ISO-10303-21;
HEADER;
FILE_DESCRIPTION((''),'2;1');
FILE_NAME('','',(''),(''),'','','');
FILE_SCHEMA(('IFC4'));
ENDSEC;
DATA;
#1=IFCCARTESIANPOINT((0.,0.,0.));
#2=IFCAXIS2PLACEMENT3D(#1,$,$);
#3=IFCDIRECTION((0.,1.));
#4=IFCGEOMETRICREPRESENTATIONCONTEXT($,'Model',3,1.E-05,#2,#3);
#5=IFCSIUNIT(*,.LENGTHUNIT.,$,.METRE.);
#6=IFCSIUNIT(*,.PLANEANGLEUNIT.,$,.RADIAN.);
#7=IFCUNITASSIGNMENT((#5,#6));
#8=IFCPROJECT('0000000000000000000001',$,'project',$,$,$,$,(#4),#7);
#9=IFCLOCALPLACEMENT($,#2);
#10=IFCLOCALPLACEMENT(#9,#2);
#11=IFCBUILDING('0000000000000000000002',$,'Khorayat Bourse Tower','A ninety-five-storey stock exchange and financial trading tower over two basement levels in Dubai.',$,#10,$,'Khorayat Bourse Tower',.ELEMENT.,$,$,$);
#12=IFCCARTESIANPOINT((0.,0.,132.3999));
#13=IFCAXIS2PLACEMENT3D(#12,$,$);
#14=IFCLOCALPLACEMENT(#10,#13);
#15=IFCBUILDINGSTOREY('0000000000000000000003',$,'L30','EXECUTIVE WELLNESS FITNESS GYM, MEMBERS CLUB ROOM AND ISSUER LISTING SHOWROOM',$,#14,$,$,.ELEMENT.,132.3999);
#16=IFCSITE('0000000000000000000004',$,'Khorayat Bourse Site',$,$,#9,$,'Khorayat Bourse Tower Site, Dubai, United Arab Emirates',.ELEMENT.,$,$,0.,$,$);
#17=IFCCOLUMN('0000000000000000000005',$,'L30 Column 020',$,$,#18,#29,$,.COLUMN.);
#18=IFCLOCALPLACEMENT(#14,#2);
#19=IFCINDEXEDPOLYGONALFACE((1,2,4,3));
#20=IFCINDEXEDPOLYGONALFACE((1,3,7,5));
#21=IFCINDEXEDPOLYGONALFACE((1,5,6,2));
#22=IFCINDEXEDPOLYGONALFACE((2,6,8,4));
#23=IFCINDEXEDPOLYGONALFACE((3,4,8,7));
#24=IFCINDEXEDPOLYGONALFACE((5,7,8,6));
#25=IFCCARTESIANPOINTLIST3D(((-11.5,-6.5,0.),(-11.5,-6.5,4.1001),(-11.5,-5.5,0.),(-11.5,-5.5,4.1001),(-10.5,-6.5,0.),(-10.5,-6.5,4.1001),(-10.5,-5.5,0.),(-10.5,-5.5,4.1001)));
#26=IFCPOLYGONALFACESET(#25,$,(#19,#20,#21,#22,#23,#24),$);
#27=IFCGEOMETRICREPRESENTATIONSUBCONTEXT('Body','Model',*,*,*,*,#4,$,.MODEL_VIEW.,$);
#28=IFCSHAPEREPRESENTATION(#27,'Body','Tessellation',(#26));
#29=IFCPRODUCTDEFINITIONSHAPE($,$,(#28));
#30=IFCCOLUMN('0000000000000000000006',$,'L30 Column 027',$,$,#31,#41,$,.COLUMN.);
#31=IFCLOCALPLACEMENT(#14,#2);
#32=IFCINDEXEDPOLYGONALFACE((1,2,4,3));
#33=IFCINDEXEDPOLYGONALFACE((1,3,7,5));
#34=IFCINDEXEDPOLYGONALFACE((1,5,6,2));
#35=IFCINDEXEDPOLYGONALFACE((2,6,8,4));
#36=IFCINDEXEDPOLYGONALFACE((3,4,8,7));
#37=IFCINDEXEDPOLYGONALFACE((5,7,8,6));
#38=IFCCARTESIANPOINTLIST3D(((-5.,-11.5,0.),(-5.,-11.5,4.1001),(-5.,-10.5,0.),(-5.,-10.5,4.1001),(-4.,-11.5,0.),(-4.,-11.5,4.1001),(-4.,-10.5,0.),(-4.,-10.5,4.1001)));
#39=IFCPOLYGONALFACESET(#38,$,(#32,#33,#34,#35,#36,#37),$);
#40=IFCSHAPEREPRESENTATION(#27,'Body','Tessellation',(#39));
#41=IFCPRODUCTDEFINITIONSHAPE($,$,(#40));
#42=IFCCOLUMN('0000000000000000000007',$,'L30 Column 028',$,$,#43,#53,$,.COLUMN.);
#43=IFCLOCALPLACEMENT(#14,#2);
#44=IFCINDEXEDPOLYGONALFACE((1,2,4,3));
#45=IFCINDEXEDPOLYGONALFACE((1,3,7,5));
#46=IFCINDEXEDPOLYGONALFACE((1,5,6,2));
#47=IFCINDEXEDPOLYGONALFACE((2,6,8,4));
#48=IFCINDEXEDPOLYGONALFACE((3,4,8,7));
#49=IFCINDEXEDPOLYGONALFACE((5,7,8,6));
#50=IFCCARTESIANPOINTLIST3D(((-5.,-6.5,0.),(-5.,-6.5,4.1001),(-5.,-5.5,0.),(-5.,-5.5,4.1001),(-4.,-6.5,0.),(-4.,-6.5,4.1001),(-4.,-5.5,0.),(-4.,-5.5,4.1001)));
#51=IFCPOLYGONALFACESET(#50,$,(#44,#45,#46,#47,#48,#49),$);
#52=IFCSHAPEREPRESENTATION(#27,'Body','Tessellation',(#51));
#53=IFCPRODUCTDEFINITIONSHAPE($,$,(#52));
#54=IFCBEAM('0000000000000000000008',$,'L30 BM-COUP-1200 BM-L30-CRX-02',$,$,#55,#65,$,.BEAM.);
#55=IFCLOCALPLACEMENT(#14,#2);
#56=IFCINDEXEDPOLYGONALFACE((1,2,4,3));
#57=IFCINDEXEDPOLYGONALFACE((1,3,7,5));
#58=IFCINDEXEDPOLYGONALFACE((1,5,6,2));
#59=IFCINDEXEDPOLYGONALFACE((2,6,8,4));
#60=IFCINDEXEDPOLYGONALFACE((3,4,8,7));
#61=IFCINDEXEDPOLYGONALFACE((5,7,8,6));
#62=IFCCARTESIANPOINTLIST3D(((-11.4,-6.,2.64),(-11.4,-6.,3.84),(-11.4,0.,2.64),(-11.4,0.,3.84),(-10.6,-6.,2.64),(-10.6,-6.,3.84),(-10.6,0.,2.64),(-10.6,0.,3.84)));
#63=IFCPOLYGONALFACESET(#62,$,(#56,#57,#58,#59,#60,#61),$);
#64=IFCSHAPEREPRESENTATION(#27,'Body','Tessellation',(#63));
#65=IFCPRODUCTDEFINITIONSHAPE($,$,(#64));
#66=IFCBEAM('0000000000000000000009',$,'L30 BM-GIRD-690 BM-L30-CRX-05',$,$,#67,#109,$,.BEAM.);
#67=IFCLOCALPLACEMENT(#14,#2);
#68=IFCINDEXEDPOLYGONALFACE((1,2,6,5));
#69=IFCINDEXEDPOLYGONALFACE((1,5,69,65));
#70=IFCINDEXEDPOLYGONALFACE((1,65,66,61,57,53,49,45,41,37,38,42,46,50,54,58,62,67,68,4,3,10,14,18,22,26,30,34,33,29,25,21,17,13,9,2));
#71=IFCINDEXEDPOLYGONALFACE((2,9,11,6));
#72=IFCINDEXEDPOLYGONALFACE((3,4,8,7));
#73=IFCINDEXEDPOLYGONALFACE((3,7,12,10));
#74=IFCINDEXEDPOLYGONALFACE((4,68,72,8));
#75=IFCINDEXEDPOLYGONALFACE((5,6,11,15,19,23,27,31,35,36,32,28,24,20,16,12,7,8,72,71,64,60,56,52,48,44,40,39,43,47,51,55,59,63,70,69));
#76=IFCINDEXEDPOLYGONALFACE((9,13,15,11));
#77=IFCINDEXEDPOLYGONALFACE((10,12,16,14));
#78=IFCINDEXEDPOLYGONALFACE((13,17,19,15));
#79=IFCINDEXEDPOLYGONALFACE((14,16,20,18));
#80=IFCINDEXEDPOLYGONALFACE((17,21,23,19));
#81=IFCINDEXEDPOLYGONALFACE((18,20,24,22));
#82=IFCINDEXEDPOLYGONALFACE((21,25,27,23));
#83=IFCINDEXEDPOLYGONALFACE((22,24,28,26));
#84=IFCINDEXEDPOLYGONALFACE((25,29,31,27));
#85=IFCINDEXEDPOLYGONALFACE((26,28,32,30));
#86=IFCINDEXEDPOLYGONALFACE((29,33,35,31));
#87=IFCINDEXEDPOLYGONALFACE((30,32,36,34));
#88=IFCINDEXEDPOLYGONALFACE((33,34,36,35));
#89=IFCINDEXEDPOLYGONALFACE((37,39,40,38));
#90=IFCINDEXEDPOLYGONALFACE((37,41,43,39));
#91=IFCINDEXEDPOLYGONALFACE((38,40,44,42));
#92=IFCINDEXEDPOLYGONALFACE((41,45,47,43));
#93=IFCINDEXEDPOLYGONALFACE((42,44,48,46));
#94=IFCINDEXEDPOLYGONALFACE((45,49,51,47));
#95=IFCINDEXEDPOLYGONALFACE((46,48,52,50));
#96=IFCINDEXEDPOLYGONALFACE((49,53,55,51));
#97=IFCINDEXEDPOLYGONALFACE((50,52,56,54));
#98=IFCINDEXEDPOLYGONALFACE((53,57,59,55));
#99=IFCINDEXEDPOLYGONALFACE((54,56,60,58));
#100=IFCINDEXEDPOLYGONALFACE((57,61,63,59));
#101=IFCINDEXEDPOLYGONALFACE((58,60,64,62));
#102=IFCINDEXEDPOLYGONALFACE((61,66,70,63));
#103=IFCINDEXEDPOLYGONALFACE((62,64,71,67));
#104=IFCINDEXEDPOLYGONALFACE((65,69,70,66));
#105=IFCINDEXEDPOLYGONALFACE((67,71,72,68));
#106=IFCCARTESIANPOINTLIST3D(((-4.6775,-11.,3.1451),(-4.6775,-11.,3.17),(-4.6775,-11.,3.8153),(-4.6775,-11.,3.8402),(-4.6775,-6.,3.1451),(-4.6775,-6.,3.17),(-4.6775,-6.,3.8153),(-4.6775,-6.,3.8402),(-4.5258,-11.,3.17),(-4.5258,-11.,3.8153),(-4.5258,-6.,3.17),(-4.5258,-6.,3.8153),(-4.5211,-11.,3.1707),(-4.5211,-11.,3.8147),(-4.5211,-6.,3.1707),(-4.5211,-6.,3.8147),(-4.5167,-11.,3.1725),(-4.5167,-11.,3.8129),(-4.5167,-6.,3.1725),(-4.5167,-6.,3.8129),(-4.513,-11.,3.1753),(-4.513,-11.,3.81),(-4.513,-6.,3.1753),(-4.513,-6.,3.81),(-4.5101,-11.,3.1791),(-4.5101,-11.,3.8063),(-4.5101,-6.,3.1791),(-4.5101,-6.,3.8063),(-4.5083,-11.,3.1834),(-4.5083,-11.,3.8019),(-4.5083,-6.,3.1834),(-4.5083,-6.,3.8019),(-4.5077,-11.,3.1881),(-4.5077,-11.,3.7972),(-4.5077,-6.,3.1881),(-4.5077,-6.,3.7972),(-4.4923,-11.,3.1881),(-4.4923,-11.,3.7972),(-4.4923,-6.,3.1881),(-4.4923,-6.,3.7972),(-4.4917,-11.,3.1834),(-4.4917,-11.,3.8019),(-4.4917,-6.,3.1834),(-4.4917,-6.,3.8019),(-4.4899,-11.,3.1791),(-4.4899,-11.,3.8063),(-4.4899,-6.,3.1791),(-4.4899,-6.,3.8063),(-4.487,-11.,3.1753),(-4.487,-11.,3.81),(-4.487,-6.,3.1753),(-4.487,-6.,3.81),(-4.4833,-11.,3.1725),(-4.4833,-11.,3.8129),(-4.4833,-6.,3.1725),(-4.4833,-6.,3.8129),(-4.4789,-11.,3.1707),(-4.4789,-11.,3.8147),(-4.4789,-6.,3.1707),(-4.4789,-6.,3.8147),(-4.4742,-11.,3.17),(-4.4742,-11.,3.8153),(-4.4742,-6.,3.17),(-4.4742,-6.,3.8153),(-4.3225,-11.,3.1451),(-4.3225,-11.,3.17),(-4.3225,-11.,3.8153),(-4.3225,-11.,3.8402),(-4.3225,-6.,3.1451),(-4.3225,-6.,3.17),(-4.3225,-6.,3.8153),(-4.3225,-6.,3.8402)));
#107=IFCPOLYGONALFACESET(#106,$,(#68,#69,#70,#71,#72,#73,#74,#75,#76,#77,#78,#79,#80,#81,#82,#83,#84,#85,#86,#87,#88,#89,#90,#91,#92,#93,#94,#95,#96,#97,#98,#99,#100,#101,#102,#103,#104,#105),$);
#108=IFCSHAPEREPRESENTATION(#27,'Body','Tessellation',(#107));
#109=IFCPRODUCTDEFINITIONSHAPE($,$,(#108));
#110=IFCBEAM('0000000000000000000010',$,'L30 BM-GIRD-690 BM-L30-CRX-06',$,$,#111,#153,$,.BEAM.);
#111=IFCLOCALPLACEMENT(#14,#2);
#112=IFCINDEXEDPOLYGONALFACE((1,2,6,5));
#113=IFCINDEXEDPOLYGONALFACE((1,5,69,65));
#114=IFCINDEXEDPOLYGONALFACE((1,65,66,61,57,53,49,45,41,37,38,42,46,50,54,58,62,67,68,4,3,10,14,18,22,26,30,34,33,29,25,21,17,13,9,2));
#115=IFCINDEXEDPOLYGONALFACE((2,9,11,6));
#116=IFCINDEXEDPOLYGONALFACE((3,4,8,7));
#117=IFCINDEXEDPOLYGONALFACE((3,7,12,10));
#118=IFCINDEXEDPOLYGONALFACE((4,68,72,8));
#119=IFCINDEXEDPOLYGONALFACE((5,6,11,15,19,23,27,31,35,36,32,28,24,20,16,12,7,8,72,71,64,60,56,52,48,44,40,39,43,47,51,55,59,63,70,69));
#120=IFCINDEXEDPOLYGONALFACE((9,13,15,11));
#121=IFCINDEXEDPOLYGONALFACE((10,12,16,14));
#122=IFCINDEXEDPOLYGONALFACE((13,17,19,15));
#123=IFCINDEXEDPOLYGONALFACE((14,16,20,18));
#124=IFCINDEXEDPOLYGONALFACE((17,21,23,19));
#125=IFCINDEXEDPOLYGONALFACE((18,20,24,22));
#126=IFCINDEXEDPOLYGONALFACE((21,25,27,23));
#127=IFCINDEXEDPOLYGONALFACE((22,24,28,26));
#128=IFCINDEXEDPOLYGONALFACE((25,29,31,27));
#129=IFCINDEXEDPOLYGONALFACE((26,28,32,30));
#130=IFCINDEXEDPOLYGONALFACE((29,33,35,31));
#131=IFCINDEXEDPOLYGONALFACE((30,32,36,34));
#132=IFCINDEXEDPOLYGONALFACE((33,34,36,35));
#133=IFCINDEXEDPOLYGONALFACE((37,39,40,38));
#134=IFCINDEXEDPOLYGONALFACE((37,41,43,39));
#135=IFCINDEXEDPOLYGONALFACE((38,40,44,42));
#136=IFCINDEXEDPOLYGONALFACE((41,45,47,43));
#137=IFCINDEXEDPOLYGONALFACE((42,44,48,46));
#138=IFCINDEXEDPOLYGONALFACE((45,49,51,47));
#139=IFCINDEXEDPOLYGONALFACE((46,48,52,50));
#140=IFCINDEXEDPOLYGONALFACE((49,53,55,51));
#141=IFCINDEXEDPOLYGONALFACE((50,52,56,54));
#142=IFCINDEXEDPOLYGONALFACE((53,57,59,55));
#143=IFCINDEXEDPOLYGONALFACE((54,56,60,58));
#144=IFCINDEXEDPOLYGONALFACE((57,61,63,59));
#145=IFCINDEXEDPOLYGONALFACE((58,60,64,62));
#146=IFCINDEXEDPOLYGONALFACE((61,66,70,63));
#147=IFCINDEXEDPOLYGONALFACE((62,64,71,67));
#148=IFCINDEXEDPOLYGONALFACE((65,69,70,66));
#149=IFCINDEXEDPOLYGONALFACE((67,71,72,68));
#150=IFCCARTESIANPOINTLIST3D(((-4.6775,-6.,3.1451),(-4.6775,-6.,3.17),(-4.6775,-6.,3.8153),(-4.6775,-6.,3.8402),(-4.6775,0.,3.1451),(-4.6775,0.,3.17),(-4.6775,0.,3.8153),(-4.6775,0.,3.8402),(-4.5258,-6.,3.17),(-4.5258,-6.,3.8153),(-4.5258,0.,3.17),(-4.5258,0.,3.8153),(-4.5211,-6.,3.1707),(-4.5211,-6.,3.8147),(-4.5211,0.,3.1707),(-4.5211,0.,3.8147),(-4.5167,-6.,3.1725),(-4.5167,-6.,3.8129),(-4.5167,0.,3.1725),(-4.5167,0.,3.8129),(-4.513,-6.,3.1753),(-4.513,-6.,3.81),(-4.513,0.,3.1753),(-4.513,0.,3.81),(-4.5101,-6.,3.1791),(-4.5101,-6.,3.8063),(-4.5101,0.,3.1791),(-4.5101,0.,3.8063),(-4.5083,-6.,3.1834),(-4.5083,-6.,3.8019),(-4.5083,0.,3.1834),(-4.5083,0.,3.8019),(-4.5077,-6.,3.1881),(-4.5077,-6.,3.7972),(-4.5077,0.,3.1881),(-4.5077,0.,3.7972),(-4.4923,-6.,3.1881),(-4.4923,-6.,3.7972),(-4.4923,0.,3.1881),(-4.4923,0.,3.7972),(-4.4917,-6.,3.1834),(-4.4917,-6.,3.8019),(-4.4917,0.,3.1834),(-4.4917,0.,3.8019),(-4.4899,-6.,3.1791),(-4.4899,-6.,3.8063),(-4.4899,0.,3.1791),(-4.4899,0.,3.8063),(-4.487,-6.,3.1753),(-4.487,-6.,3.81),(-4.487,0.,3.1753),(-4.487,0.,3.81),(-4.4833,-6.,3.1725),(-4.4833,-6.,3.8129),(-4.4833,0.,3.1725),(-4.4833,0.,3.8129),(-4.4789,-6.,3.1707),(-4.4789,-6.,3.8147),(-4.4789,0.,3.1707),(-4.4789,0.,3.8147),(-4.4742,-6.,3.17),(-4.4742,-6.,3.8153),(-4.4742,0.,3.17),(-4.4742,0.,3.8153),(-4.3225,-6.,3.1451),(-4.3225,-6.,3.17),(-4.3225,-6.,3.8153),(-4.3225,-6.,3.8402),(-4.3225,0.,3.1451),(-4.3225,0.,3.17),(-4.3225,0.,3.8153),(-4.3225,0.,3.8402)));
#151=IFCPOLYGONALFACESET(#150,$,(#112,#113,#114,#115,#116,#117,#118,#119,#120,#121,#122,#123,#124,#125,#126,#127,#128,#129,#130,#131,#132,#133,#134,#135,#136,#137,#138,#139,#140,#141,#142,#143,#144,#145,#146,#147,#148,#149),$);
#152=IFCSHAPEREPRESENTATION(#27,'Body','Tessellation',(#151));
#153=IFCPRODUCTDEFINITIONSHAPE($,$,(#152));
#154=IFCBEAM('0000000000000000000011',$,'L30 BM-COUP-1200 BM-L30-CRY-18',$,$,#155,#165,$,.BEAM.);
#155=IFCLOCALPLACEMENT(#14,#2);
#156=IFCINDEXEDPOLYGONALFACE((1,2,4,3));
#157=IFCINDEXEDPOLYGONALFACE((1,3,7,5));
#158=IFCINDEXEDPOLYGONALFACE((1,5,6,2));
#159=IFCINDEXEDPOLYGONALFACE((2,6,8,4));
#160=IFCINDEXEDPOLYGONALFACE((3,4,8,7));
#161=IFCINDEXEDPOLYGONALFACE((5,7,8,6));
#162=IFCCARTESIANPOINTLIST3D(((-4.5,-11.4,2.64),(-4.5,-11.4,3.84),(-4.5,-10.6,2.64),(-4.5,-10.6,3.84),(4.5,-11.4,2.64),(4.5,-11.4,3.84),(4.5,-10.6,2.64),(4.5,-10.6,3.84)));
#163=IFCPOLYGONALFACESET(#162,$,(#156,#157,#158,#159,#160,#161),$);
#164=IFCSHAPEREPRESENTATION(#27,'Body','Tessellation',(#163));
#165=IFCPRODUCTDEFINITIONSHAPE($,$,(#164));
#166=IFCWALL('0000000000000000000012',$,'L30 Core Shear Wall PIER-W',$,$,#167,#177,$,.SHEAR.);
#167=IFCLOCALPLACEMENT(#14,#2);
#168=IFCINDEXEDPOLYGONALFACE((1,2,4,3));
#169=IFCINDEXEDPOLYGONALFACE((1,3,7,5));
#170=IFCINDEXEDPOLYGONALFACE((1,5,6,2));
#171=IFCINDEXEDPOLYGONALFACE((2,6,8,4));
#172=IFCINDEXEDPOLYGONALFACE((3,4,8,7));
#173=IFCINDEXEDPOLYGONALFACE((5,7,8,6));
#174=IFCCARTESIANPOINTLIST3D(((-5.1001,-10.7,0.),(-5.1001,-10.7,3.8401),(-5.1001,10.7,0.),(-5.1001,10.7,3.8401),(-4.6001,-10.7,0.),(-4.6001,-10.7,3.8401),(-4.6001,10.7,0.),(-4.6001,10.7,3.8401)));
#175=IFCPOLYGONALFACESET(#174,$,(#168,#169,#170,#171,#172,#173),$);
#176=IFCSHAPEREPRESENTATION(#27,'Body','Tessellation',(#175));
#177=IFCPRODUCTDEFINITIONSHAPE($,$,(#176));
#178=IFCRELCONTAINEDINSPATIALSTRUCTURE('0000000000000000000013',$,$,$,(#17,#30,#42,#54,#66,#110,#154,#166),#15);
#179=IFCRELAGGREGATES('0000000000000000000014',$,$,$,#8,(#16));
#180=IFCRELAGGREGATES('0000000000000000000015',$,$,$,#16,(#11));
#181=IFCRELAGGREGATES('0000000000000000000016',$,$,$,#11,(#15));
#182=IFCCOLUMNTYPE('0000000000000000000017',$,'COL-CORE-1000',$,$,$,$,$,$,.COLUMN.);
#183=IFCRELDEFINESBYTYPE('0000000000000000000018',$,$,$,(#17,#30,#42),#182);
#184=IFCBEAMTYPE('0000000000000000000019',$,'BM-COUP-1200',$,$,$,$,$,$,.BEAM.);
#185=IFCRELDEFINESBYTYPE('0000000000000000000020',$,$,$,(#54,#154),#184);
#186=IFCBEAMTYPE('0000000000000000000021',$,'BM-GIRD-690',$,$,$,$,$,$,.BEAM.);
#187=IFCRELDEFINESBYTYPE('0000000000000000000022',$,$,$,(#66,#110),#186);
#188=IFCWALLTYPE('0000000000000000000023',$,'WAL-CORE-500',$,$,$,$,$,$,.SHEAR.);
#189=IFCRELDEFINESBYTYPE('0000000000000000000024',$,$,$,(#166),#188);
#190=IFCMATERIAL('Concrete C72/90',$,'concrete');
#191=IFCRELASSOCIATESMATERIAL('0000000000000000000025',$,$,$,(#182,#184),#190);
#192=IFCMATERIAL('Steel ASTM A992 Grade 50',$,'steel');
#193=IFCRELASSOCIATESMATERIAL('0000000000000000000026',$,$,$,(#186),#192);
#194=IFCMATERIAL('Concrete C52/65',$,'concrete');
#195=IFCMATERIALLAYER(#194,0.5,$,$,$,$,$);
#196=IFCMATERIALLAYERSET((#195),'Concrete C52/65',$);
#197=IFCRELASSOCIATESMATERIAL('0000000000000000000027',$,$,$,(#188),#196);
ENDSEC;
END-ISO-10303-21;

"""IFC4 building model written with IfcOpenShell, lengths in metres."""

from ifc_helpers import new_model, si_unit, direction, frame, frame_2d, origin, origin_2d, place, context, subcontext, project, spatial, rectangle, i_section, extrude, source, transform, mapped, material, layer, layer_set, material_profile, profile_set, type_object, element, save


model = new_model("IFC4")

# Units and contexts
model_context = context("Model", 3, precision=1e-05, world=origin(), true_north=direction((0.0, 1.0)))
body_context = subcontext(model_context, "Body", "Model", "MODEL_VIEW")
ifc_project = project(units=[si_unit("LENGTHUNIT", "METRE"), si_unit("PLANEANGLEUNIT", "RADIAN")], contexts=[model_context])

# Site, building, storey
site_placement = place(None, origin())
site = spatial("IfcSite", under=ifc_project, at=site_placement, Name="Khorayat Bourse Site", LongName="Khorayat Bourse Tower Site, Dubai, United Arab Emirates", CompositionType="ELEMENT", RefElevation=0.0)
building_placement = place(site_placement, origin())
building = spatial("IfcBuilding", under=site, at=building_placement, Name="Khorayat Bourse Tower", Description="A ninety-five-storey stock exchange and financial trading tower over two basement levels in Dubai.", LongName="Khorayat Bourse Tower", CompositionType="ELEMENT")
storey_placement = place(building_placement, frame((0.0, 0.0, 132.3999)))
storey = spatial("IfcBuildingStorey", under=building, at=storey_placement, Name="L30", Description="EXECUTIVE WELLNESS FITNESS GYM, MEMBERS CLUB ROOM AND ISSUER LISTING SHOWROOM", CompositionType="ELEMENT", Elevation=132.3999)

# Columns
ifc_material_1 = material(Name="Concrete C72/90", Category="concrete")
ifc_material_profile_1 = material_profile(ifc_material_1, rectangle(XDim=1.0, YDim=1.0, at=origin_2d()), Name="RC 1000x1000")
ifc_profile_set_1 = profile_set([ifc_material_profile_1], Name="Concrete C72/90")
column_type = type_object("IfcColumnType", Name="COL-CORE-1000", PredefinedType="COLUMN", material=ifc_profile_set_1)
shared_shape_1 = source(origin(), body_context, "Body", "SweptSolid", [
    extrude(rectangle(XDim=1.0, YDim=1.0, at=origin_2d()), origin(), (0.0, 0.0, 1.0), 4.1001),
])
for number, where, z_axis, x_axis, name in (
    (1, (-11.0, -6.0, 0.0), (0.0, 0.0, 1.0), (1.0, 0.0, 0.0), "L30 Column 020"),
    (2, (-4.5, -11.0, 0.0), (0.0, 0.0, 1.0), (1.0, 0.0, 0.0), "L30 Column 027"),
    (3, (-4.5, -6.0, 0.0), (0.0, 0.0, 1.0), (1.0, 0.0, 0.0), "L30 Column 028"),
):
    element("IfcColumn", number, at=place(storey_placement, frame(where, z_axis=z_axis, x_axis=x_axis)), inside=storey, type_object=column_type, Name=name, PredefinedType="COLUMN", context=body_context, shape_type="MappedRepresentation", body=[
        mapped(shared_shape_1, transform((0.0, 0.0, 0.0), scale=1.0)),
    ])

# Beams
ifc_material_profile_2 = material_profile(ifc_material_1, rectangle(XDim=0.8, YDim=1.2, at=origin_2d()), Name="RC 800x1200")
ifc_profile_set_2 = profile_set([ifc_material_profile_2], Name="Concrete C72/90")
beam_type_1 = type_object("IfcBeamType", Name="BM-COUP-1200", PredefinedType="BEAM", material=ifc_profile_set_2)
shared_shape_2 = source(origin(), body_context, "Body", "SweptSolid", [
    extrude(rectangle(XDim=0.8, YDim=1.2, at=origin_2d()), origin(), (0.0, 0.0, 1.0), 6.0),
])
beam_1_placement = place(storey_placement, frame((-11.0, -6.0, 3.24), z_axis=(0.0, 1.0, 0.0), x_axis=(-1.0, 0.0, 0.0)))
element("IfcBeam", 4, at=beam_1_placement, inside=storey, type_object=beam_type_1, Name="L30 BM-COUP-1200 BM-L30-CRX-02", PredefinedType="BEAM", context=body_context, shape_type="MappedRepresentation", body=[
    mapped(shared_shape_2, transform((0.0, 0.0, 0.0), scale=1.0)),
])
ifc_material_2 = material(Name="Steel ASTM A992 Grade 50", Category="steel")
ifc_material_profile_3 = material_profile(ifc_material_2, i_section(OverallWidth=0.355, OverallDepth=0.6951, WebThickness=0.0154, FlangeThickness=0.0249, FilletRadius=0.0181, at=origin_2d()), Name="W690X217")
ifc_profile_set_3 = profile_set([ifc_material_profile_3], Name="Steel ASTM A992 Grade 50")
beam_type_2 = type_object("IfcBeamType", Name="BM-GIRD-690", PredefinedType="BEAM", material=ifc_profile_set_3)
shared_shape_3 = source(origin(), body_context, "Body", "SweptSolid", [
    extrude(i_section(OverallWidth=0.355, OverallDepth=0.6951, WebThickness=0.0154, FlangeThickness=0.0249, FilletRadius=0.0181, at=origin_2d()), origin(), (0.0, 0.0, 1.0), 5.0),
])
beam_2_placement = place(storey_placement, frame((-4.5, -11.0, 3.4927), z_axis=(0.0, 1.0, 0.0), x_axis=(-1.0, 0.0, 0.0)))
element("IfcBeam", 5, at=beam_2_placement, inside=storey, type_object=beam_type_2, Name="L30 BM-GIRD-690 BM-L30-CRX-05", PredefinedType="BEAM", context=body_context, shape_type="MappedRepresentation", body=[
    mapped(shared_shape_3, transform((0.0, 0.0, 0.0), scale=1.0)),
])
shared_shape_4 = source(origin(), body_context, "Body", "SweptSolid", [
    extrude(i_section(OverallWidth=0.355, OverallDepth=0.6951, WebThickness=0.0154, FlangeThickness=0.0249, FilletRadius=0.0181, at=origin_2d()), origin(), (0.0, 0.0, 1.0), 6.0),
])
beam_3_placement = place(storey_placement, frame((-4.5, -6.0, 3.4927), z_axis=(0.0, 1.0, 0.0), x_axis=(-1.0, 0.0, 0.0)))
element("IfcBeam", 6, at=beam_3_placement, inside=storey, type_object=beam_type_2, Name="L30 BM-GIRD-690 BM-L30-CRX-06", PredefinedType="BEAM", context=body_context, shape_type="MappedRepresentation", body=[
    mapped(shared_shape_4, transform((0.0, 0.0, 0.0), scale=1.0)),
])
shared_shape_5 = source(origin(), body_context, "Body", "SweptSolid", [
    extrude(rectangle(XDim=0.8, YDim=1.2, at=origin_2d()), origin(), (0.0, 0.0, 1.0), 9.0),
])
beam_4_placement = place(storey_placement, frame((-4.5, -11.0, 3.24), z_axis=(1.0, 0.0, 0.0), x_axis=(0.0, 1.0, 0.0)))
element("IfcBeam", 7, at=beam_4_placement, inside=storey, type_object=beam_type_1, Name="L30 BM-COUP-1200 BM-L30-CRY-18", PredefinedType="BEAM", context=body_context, shape_type="MappedRepresentation", body=[
    mapped(shared_shape_5, transform((0.0, 0.0, 0.0), scale=1.0)),
])

# Wall
ifc_material_3 = material(Name="Concrete C52/65", Category="concrete")
ifc_layer_1 = layer(ifc_material_3, 0.5)
ifc_layer_set_1 = layer_set([ifc_layer_1], Name="Concrete C52/65")
wall_type_1 = type_object("IfcWallType", Name="WAL-CORE-500", PredefinedType="SHEAR", material=ifc_layer_set_1)
shared_shape_6 = source(origin(), body_context, "Body", "SweptSolid", [
    extrude(rectangle(XDim=21.3999, YDim=0.5, at=frame_2d((10.7, 0.0))), origin(), (0.0, 0.0, 1.0), 3.8401),
])
wall_1_placement = place(storey_placement, frame((-4.8501, -10.7, 0.0), z_axis=(0.0, 0.0, 1.0), x_axis=(0.0, 1.0, 0.0)))
element("IfcWall", 8, at=wall_1_placement, inside=storey, type_object=wall_type_1, Name="L30 Core Shear Wall PIER-W", PredefinedType="SHEAR", context=body_context, shape_type="MappedRepresentation", body=[
    mapped(shared_shape_6, transform((0.0, 0.0, 0.0), scale=1.0)),
])

save(model, "model.ifc")
